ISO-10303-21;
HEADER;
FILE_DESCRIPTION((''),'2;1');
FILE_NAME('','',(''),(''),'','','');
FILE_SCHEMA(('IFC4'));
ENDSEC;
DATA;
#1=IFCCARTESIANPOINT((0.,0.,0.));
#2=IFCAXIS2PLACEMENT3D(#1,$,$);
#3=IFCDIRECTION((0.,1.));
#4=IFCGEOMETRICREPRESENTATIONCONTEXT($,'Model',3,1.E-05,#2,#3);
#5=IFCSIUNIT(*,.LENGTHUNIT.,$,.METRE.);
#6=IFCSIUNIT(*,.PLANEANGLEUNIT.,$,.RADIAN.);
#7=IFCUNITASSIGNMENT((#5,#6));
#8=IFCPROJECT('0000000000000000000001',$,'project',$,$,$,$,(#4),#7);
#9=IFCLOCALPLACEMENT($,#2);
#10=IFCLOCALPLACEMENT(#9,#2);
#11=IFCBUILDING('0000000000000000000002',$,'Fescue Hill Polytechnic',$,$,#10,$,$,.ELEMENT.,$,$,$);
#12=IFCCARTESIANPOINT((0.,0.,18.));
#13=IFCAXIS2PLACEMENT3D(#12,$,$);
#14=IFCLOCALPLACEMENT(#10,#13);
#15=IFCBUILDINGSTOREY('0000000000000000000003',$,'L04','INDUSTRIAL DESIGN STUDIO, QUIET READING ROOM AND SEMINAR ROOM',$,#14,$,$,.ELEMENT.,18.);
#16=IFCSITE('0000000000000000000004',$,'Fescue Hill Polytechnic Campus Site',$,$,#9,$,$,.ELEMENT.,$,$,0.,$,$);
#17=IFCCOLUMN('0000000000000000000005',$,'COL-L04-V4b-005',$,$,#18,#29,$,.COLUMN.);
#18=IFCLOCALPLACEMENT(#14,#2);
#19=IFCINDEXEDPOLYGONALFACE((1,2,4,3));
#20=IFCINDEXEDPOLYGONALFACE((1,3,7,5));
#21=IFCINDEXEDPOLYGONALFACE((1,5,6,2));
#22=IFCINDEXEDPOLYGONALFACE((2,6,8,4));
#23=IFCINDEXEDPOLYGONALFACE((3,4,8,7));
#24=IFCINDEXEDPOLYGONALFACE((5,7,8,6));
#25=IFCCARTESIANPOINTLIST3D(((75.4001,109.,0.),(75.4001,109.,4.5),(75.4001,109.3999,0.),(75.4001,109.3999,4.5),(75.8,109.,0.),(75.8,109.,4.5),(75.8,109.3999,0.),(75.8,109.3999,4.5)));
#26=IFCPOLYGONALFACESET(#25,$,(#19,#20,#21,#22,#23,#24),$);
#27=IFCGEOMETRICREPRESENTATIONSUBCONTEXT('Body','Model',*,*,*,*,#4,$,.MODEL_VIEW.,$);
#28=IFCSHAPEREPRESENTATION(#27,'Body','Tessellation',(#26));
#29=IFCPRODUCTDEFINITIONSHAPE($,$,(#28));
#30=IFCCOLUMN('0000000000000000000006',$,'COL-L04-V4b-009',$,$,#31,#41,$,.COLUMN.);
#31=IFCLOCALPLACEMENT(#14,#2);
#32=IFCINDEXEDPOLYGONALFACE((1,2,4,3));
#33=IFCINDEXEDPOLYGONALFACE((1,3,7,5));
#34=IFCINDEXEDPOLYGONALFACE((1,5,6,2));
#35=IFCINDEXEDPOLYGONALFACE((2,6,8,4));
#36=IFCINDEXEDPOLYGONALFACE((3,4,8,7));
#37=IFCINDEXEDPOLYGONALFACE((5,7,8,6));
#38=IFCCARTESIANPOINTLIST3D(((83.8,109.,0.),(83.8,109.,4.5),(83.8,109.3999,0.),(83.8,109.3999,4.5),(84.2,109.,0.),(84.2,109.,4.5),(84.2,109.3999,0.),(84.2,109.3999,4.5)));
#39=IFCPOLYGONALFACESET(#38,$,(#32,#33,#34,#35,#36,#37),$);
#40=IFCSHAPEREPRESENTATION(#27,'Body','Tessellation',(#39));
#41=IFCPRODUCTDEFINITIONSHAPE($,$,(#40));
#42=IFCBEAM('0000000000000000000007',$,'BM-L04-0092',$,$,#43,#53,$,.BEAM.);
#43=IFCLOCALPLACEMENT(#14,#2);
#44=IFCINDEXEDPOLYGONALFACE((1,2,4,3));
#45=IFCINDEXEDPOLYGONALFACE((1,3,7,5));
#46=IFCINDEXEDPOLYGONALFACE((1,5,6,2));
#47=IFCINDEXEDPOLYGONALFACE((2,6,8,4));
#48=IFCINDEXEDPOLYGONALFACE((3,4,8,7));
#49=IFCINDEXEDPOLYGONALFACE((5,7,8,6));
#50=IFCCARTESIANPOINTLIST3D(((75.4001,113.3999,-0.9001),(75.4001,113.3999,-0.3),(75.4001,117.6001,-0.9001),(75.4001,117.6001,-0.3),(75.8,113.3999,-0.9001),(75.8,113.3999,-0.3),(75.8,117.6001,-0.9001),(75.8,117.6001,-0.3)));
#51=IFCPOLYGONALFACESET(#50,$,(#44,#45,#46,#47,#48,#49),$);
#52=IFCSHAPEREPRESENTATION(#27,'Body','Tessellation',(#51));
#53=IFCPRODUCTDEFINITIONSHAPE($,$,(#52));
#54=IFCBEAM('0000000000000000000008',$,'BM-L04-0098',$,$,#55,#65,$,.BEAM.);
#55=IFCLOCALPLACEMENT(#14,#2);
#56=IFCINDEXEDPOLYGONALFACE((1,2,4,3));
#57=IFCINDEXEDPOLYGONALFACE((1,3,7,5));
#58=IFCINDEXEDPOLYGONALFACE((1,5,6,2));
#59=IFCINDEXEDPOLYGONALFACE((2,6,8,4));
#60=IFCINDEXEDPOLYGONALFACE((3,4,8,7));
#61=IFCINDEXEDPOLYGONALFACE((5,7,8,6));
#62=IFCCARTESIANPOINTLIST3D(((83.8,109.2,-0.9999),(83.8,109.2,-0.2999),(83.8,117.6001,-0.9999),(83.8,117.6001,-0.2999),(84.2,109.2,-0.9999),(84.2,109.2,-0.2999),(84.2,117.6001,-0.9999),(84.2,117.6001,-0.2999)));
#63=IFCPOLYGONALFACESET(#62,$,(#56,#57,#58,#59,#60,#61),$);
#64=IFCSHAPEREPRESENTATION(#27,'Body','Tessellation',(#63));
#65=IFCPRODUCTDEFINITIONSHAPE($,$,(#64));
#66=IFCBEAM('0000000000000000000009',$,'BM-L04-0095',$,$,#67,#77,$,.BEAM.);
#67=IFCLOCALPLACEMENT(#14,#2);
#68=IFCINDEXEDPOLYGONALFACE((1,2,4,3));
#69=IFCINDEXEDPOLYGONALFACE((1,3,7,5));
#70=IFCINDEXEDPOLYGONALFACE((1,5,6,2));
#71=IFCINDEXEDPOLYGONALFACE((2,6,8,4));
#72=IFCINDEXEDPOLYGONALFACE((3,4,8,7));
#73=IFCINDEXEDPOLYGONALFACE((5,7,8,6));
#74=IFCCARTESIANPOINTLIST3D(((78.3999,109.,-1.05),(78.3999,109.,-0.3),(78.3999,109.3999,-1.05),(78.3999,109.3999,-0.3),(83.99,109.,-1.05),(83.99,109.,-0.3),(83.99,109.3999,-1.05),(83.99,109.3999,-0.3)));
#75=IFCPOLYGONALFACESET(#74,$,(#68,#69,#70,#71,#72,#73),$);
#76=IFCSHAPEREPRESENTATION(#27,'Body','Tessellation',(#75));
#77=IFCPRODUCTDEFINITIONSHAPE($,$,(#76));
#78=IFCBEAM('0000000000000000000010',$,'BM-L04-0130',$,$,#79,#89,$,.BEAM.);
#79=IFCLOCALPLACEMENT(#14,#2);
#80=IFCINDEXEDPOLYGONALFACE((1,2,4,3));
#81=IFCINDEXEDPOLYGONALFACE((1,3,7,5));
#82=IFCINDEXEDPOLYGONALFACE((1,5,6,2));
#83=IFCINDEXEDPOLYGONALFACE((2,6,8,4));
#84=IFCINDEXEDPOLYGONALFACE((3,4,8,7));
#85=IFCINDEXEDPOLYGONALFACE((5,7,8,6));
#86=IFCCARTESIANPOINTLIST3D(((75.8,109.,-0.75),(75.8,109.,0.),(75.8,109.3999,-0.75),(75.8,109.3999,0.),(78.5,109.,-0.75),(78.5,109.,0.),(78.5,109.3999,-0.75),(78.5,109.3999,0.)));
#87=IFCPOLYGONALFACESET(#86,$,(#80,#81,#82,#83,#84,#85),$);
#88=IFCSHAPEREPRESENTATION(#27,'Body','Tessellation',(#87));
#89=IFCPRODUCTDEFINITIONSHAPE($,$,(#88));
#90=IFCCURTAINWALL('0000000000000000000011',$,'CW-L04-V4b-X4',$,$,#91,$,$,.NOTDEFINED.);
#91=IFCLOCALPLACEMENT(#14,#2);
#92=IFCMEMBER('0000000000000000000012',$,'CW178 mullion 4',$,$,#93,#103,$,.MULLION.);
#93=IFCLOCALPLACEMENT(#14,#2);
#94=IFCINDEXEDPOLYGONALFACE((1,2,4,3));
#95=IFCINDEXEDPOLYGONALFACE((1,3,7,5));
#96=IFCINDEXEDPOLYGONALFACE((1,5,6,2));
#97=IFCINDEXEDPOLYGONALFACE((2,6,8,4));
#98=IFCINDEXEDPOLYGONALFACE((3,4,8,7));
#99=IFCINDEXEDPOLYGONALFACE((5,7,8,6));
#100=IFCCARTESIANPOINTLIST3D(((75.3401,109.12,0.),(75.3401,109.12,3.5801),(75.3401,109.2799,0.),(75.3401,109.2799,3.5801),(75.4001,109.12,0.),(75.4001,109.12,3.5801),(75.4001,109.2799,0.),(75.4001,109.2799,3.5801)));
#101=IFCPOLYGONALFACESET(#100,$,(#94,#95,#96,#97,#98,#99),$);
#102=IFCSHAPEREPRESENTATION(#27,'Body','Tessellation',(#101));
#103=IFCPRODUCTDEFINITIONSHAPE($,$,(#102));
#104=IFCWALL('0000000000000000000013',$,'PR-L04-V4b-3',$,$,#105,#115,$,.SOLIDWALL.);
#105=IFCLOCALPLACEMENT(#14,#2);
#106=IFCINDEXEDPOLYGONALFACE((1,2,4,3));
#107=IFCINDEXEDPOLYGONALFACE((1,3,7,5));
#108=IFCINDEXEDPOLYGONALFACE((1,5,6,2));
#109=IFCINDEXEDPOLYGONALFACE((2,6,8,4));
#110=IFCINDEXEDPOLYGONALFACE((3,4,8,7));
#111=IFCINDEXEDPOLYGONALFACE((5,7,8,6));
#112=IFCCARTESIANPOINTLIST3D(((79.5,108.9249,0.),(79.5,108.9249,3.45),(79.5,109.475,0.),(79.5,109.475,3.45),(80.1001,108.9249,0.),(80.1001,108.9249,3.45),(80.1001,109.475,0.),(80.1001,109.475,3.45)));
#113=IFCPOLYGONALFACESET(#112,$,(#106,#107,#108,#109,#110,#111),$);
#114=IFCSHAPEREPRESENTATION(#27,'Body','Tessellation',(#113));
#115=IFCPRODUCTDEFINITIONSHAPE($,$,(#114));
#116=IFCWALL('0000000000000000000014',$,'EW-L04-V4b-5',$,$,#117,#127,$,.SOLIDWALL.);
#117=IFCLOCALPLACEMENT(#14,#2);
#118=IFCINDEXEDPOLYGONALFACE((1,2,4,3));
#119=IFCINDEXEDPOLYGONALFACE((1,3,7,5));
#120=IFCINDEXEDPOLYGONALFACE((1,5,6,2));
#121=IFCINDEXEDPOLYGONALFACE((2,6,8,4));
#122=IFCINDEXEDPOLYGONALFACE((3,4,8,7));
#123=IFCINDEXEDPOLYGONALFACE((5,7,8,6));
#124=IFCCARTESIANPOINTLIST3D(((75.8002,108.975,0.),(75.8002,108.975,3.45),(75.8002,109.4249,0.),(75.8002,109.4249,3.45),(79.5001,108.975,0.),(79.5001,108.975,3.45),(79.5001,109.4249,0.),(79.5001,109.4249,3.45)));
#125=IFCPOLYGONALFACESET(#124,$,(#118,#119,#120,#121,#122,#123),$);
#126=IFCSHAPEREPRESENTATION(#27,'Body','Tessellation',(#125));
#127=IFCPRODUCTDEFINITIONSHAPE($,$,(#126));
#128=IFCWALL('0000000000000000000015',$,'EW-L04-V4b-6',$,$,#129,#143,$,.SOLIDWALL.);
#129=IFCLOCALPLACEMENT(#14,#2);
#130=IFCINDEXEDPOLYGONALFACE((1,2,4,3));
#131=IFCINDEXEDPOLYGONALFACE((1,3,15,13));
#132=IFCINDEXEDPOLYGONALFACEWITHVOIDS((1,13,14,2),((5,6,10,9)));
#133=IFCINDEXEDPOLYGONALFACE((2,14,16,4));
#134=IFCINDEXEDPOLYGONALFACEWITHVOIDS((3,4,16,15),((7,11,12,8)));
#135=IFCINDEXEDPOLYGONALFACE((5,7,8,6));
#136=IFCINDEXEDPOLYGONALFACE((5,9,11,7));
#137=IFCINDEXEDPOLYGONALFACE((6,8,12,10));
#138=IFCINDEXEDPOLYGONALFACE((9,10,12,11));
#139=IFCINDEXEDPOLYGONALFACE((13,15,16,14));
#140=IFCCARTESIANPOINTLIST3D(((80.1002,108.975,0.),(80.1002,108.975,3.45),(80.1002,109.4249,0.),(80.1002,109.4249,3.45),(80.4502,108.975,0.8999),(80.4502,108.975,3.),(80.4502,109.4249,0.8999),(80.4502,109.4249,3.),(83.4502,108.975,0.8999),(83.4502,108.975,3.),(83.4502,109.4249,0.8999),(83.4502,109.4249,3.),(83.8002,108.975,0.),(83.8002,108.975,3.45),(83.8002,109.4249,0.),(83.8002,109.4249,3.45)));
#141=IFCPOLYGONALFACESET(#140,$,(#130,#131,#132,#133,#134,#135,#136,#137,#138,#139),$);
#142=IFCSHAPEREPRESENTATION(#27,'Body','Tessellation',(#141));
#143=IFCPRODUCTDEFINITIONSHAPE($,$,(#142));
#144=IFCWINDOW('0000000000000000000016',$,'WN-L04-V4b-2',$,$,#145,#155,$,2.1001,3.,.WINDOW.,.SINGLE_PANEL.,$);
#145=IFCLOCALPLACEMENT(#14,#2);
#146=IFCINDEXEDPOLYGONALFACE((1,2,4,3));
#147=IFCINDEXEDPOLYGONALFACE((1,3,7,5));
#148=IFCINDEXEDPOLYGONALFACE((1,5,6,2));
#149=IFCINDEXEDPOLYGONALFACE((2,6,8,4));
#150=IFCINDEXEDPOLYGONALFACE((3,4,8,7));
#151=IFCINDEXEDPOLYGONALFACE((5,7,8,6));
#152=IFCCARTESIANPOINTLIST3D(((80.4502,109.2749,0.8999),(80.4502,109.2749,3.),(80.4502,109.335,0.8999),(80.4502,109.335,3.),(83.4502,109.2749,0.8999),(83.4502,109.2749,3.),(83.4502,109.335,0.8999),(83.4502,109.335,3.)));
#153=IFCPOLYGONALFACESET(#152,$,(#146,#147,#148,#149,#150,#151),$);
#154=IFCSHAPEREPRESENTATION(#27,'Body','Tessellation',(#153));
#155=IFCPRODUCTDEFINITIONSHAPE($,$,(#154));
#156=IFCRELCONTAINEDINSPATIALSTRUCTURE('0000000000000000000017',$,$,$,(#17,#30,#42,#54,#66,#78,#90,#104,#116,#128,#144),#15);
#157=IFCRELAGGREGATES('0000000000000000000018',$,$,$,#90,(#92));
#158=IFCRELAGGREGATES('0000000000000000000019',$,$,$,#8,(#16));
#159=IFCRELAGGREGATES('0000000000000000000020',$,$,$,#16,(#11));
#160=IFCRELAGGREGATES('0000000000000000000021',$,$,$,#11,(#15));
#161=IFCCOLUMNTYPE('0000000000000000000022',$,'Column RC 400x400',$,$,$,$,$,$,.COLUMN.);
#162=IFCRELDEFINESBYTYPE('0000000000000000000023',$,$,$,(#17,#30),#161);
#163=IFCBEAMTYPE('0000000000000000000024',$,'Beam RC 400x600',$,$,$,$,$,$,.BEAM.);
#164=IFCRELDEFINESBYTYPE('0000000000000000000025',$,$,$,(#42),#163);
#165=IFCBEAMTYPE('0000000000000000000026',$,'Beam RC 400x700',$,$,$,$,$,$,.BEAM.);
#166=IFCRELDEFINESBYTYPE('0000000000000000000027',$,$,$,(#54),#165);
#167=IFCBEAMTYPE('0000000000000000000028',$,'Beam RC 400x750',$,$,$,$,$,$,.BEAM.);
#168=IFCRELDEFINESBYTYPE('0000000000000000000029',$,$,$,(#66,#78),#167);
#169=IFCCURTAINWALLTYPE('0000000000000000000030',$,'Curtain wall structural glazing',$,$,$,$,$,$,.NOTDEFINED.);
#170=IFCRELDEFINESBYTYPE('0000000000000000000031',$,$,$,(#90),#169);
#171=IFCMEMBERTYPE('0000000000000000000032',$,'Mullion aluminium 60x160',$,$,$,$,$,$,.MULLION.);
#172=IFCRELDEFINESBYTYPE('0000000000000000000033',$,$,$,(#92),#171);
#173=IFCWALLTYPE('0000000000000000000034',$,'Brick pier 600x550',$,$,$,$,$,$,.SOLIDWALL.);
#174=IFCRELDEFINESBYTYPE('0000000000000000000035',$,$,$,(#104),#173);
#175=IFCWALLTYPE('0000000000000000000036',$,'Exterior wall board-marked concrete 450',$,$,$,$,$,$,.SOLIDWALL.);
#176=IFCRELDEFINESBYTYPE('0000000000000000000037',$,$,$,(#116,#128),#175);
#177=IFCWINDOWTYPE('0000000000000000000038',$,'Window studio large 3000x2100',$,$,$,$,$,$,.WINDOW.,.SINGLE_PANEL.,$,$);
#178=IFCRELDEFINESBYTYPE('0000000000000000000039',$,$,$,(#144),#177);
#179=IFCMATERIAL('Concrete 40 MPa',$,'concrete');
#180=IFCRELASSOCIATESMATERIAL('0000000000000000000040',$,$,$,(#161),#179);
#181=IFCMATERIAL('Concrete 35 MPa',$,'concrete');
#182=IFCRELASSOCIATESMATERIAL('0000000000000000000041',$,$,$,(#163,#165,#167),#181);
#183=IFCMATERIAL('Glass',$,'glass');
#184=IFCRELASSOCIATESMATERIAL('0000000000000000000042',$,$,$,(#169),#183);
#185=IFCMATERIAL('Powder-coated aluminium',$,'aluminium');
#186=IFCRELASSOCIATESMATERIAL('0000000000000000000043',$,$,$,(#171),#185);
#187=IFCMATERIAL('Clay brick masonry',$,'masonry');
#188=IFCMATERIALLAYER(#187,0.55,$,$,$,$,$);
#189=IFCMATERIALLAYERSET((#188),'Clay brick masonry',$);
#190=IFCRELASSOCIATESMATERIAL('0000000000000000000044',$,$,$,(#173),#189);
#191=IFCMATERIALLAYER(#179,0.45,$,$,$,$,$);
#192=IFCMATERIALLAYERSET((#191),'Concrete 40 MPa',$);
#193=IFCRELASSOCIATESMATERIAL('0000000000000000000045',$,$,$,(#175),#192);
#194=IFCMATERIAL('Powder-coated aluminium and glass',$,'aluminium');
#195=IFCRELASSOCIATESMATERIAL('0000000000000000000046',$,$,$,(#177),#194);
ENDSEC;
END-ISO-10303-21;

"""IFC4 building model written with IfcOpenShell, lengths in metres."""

from ifc_helpers import new_model, si_unit, direction, frame, frame_2d, origin, origin_2d, place, context, subcontext, project, spatial, rectangle, extrude, material, layer, layer_set, material_profile, profile_set, type_object, element, fill, aggregate, save


model = new_model("IFC4")

# Units and contexts
model_context = context("Model", 3, precision=1e-05, world=origin(), true_north=direction((0.0, 1.0)))
body_context = subcontext(model_context, "Body", "Model", "MODEL_VIEW")
ifc_project = project(units=[si_unit("LENGTHUNIT", "METRE"), si_unit("PLANEANGLEUNIT", "RADIAN")], contexts=[model_context])

# Site, building, storey
site_placement = place(None, origin())
site = spatial("IfcSite", under=ifc_project, at=site_placement, Name="Fescue Hill Polytechnic Campus Site", CompositionType="ELEMENT", RefElevation=0.0)
building_placement = place(site_placement, origin())
building = spatial("IfcBuilding", under=site, at=building_placement, Name="Fescue Hill Polytechnic", CompositionType="ELEMENT")
storey_placement = place(building_placement, frame((0.0, 0.0, 18.0)))
storey = spatial("IfcBuildingStorey", under=building, at=storey_placement, Name="L04", Description="INDUSTRIAL DESIGN STUDIO, QUIET READING ROOM AND SEMINAR ROOM", CompositionType="ELEMENT", Elevation=18.0)

# Columns
ifc_material_1 = material(Name="Concrete 40 MPa", Category="concrete")
ifc_material_profile_1 = material_profile(ifc_material_1, rectangle(XDim=0.3999, YDim=0.3999, at=origin_2d()), Name="RC 400x400")
ifc_profile_set_1 = profile_set([ifc_material_profile_1], Name="Concrete 40 MPa")
column_type = type_object("IfcColumnType", Name="Column RC 400x400", PredefinedType="COLUMN", material=ifc_profile_set_1)
for number, where, z_axis, x_axis, name in (
    (1, (75.6001, 109.2, 0.0), (0.0, 0.0, 1.0), (1.0, 0.0, 0.0), "COL-L04-V4b-005"),
    (2, (84.0, 109.2, 0.0), (0.0, 0.0, 1.0), (1.0, 0.0, 0.0), "COL-L04-V4b-009"),
):
    element("IfcColumn", number, at=place(storey_placement, frame(where, z_axis=z_axis, x_axis=x_axis)), inside=storey, type_object=column_type, Name=name, PredefinedType="COLUMN", context=body_context, shape_type="SweptSolid", body=[
        extrude(rectangle(XDim=0.3999, YDim=0.3999, at=origin_2d()), origin(), (0.0, 0.0, 1.0), 4.5),
    ])

# Beams
ifc_material_2 = material(Name="Concrete 35 MPa", Category="concrete")
ifc_material_profile_2 = material_profile(ifc_material_2, rectangle(XDim=0.3999, YDim=0.6001, at=origin_2d()), Name="RC 400x600")
ifc_profile_set_2 = profile_set([ifc_material_profile_2], Name="Concrete 35 MPa")
beam_type_1 = type_object("IfcBeamType", Name="Beam RC 400x600", PredefinedType="BEAM", material=ifc_profile_set_2)
beam_1_placement = place(storey_placement, frame((75.6001, 113.3999, -0.6001), z_axis=(0.0, 1.0, 0.0), x_axis=(-1.0, 0.0, 0.0)))
element("IfcBeam", 3, at=beam_1_placement, inside=storey, type_object=beam_type_1, Name="BM-L04-0092", PredefinedType="BEAM", context=body_context, shape_type="SweptSolid", body=[
    extrude(rectangle(XDim=0.3999, YDim=0.6001, at=origin_2d()), origin(), (0.0, 0.0, 1.0), 4.2002),
])
ifc_material_profile_3 = material_profile(ifc_material_2, rectangle(XDim=0.3999, YDim=0.7, at=origin_2d()), Name="RC 400x700")
ifc_profile_set_3 = profile_set([ifc_material_profile_3], Name="Concrete 35 MPa")
beam_type_2 = type_object("IfcBeamType", Name="Beam RC 400x700", PredefinedType="BEAM", material=ifc_profile_set_3)
beam_2_placement = place(storey_placement, frame((84.0, 109.2, -0.6499), z_axis=(0.0, 1.0, 0.0), x_axis=(-1.0, 0.0, 0.0)))
element("IfcBeam", 4, at=beam_2_placement, inside=storey, type_object=beam_type_2, Name="BM-L04-0098", PredefinedType="BEAM", context=body_context, shape_type="SweptSolid", body=[
    extrude(rectangle(XDim=0.3999, YDim=0.7, at=origin_2d()), origin(), (0.0, 0.0, 1.0), 8.4001),
])
ifc_material_profile_4 = material_profile(ifc_material_2, rectangle(XDim=0.3999, YDim=0.75, at=origin_2d()), Name="RC 400x750")
ifc_profile_set_4 = profile_set([ifc_material_profile_4], Name="Concrete 35 MPa")
beam_type_3 = type_object("IfcBeamType", Name="Beam RC 400x750", PredefinedType="BEAM", material=ifc_profile_set_4)
beam_3_placement = place(storey_placement, frame((78.3999, 109.2, -0.675), z_axis=(1.0, 0.0, 0.0), x_axis=(0.0, 1.0, 0.0)))
element("IfcBeam", 5, at=beam_3_placement, inside=storey, type_object=beam_type_3, Name="BM-L04-0095", PredefinedType="BEAM", context=body_context, shape_type="SweptSolid", body=[
    extrude(rectangle(XDim=0.3999, YDim=0.75, at=origin_2d()), origin(), (0.0, 0.0, 1.0), 5.5901),
])
beam_4_placement = place(storey_placement, frame((75.8, 109.2, -0.375), z_axis=(1.0, 0.0, 0.0), x_axis=(0.0, 1.0, 0.0)))
element("IfcBeam", 6, at=beam_4_placement, inside=storey, type_object=beam_type_3, Name="BM-L04-0130", PredefinedType="BEAM", context=body_context, shape_type="SweptSolid", body=[
    extrude(rectangle(XDim=0.3999, YDim=0.75, at=origin_2d()), origin(), (0.0, 0.0, 1.0), 2.7),
])

# Curtain wall, member
ifc_material_3 = material(Name="Glass", Category="glass")
curtain_wall_type = type_object("IfcCurtainWallType", Name="Curtain wall structural glazing", PredefinedType="NOTDEFINED", material=ifc_material_3)
curtain_wall_placement = place(storey_placement, origin())
curtain_wall = element("IfcCurtainWall", 7, at=curtain_wall_placement, inside=storey, type_object=curtain_wall_type, Name="CW-L04-V4b-X4", PredefinedType="NOTDEFINED")
ifc_material_4 = material(Name="Powder-coated aluminium", Category="aluminium")
ifc_material_profile_5 = material_profile(ifc_material_4, rectangle(XDim=0.1599, YDim=0.0601, at=origin_2d()), Name="Mullion aluminium 60x160")
ifc_profile_set_5 = profile_set([ifc_material_profile_5], Name="Powder-coated aluminium")
member_type = type_object("IfcMemberType", Name="Mullion aluminium 60x160", PredefinedType="MULLION", material=ifc_profile_set_5)
member_placement = place(storey_placement, frame((75.3701, 109.2, 0.0), z_axis=(0.0, 0.0, 1.0), x_axis=(0.0, 1.0, 0.0)))
member = element("IfcMember", 8, at=member_placement, type_object=member_type, Name="CW178 mullion 4", PredefinedType="MULLION", context=body_context, shape_type="SweptSolid", body=[
    extrude(rectangle(XDim=0.1599, YDim=0.0601, at=origin_2d()), origin(), (0.0, 0.0, 1.0), 3.5801),
])
aggregate(curtain_wall, [member])

# Walls
ifc_material_5 = material(Name="Clay brick masonry", Category="masonry")
ifc_layer_1 = layer(ifc_material_5, 0.55)
ifc_layer_set_1 = layer_set([ifc_layer_1], Name="Clay brick masonry")
wall_type_1 = type_object("IfcWallType", Name="Brick pier 600x550", PredefinedType="SOLIDWALL", material=ifc_layer_set_1)
wall_1_placement = place(storey_placement, frame((79.5, 109.2, 0.0), z_axis=(0.0, 0.0, 1.0), x_axis=(1.0, 0.0, 0.0)))
element("IfcWall", 9, at=wall_1_placement, inside=storey, type_object=wall_type_1, Name="PR-L04-V4b-3", PredefinedType="SOLIDWALL", context=body_context, shape_type="SweptSolid", body=[
    extrude(rectangle(XDim=0.6001, YDim=0.55, at=frame_2d((0.3, 0.0))), origin(), (0.0, 0.0, 1.0), 3.45),
])
ifc_layer_2 = layer(ifc_material_1, 0.45)
ifc_layer_set_2 = layer_set([ifc_layer_2], Name="Concrete 40 MPa")
wall_type_2 = type_object("IfcWallType", Name="Exterior wall board-marked concrete 450", PredefinedType="SOLIDWALL", material=ifc_layer_set_2)
wall_2_placement = place(storey_placement, frame((75.8, 109.2, 0.0), z_axis=(0.0, 0.0, 1.0), x_axis=(1.0, 0.0, 0.0)))
element("IfcWall", 10, at=wall_2_placement, inside=storey, type_object=wall_type_2, Name="EW-L04-V4b-5", PredefinedType="SOLIDWALL", context=body_context, shape_type="SweptSolid", body=[
    extrude(rectangle(XDim=3.7, YDim=0.45, at=frame_2d((1.8501, 0.0))), origin(), (0.0, 0.0, 1.0), 3.45),
])

# Wall, opening, window
wall_3_placement = place(storey_placement, frame((80.1001, 109.2, 0.0), z_axis=(0.0, 0.0, 1.0), x_axis=(1.0, 0.0, 0.0)))
wall_3 = element("IfcWall", 11, at=wall_3_placement, inside=storey, type_object=wall_type_2, Name="EW-L04-V4b-6", PredefinedType="SOLIDWALL", context=body_context, shape_type="SweptSolid", body=[
    extrude(rectangle(XDim=3.7, YDim=0.45, at=frame_2d((1.8501, 0.0))), origin(), (0.0, 0.0, 1.0), 3.45),
])
opening_1_placement = place(wall_3_placement, frame((0.3501, 0.0, 0.8999)))
opening_1 = element("IfcOpeningElement", 12, at=opening_1_placement, cuts=wall_3, PredefinedType="OPENING", context=body_context, shape_type="SweptSolid", body=[
    extrude(rectangle(XDim=3.0, YDim=2.1001, at=frame_2d((1.5, 1.05))), frame((0.0, 0.2349, 0.0), z_axis=(0.0, -1.0, 0.0), x_axis=(1.0, 0.0, 0.0)), (0.0, 0.0, 1.0), 0.47),
])
ifc_material_6 = material(Name="Powder-coated aluminium and glass", Category="aluminium")
window_type = type_object("IfcWindowType", Name="Window studio large 3000x2100", PartitioningType="SINGLE_PANEL", PredefinedType="WINDOW", material=ifc_material_6)
window_placement = place(opening_1_placement, origin())
window = element("IfcWindow", 13, at=window_placement, inside=storey, type_object=window_type, Name="WN-L04-V4b-2", OverallHeight=2.1001, OverallWidth=3.0, PartitioningType="SINGLE_PANEL", PredefinedType="WINDOW", context=body_context, shape_type="SweptSolid", body=[
    extrude(rectangle(XDim=3.0, YDim=2.1001, at=frame_2d((1.5, 1.05))), frame((0.0, 0.135, 0.0), z_axis=(0.0, -1.0, 0.0), x_axis=(1.0, 0.0, 0.0)), (0.0, 0.0, 1.0), 0.0601),
])
fill(opening_1, window)

save(model, "model.ifc")
